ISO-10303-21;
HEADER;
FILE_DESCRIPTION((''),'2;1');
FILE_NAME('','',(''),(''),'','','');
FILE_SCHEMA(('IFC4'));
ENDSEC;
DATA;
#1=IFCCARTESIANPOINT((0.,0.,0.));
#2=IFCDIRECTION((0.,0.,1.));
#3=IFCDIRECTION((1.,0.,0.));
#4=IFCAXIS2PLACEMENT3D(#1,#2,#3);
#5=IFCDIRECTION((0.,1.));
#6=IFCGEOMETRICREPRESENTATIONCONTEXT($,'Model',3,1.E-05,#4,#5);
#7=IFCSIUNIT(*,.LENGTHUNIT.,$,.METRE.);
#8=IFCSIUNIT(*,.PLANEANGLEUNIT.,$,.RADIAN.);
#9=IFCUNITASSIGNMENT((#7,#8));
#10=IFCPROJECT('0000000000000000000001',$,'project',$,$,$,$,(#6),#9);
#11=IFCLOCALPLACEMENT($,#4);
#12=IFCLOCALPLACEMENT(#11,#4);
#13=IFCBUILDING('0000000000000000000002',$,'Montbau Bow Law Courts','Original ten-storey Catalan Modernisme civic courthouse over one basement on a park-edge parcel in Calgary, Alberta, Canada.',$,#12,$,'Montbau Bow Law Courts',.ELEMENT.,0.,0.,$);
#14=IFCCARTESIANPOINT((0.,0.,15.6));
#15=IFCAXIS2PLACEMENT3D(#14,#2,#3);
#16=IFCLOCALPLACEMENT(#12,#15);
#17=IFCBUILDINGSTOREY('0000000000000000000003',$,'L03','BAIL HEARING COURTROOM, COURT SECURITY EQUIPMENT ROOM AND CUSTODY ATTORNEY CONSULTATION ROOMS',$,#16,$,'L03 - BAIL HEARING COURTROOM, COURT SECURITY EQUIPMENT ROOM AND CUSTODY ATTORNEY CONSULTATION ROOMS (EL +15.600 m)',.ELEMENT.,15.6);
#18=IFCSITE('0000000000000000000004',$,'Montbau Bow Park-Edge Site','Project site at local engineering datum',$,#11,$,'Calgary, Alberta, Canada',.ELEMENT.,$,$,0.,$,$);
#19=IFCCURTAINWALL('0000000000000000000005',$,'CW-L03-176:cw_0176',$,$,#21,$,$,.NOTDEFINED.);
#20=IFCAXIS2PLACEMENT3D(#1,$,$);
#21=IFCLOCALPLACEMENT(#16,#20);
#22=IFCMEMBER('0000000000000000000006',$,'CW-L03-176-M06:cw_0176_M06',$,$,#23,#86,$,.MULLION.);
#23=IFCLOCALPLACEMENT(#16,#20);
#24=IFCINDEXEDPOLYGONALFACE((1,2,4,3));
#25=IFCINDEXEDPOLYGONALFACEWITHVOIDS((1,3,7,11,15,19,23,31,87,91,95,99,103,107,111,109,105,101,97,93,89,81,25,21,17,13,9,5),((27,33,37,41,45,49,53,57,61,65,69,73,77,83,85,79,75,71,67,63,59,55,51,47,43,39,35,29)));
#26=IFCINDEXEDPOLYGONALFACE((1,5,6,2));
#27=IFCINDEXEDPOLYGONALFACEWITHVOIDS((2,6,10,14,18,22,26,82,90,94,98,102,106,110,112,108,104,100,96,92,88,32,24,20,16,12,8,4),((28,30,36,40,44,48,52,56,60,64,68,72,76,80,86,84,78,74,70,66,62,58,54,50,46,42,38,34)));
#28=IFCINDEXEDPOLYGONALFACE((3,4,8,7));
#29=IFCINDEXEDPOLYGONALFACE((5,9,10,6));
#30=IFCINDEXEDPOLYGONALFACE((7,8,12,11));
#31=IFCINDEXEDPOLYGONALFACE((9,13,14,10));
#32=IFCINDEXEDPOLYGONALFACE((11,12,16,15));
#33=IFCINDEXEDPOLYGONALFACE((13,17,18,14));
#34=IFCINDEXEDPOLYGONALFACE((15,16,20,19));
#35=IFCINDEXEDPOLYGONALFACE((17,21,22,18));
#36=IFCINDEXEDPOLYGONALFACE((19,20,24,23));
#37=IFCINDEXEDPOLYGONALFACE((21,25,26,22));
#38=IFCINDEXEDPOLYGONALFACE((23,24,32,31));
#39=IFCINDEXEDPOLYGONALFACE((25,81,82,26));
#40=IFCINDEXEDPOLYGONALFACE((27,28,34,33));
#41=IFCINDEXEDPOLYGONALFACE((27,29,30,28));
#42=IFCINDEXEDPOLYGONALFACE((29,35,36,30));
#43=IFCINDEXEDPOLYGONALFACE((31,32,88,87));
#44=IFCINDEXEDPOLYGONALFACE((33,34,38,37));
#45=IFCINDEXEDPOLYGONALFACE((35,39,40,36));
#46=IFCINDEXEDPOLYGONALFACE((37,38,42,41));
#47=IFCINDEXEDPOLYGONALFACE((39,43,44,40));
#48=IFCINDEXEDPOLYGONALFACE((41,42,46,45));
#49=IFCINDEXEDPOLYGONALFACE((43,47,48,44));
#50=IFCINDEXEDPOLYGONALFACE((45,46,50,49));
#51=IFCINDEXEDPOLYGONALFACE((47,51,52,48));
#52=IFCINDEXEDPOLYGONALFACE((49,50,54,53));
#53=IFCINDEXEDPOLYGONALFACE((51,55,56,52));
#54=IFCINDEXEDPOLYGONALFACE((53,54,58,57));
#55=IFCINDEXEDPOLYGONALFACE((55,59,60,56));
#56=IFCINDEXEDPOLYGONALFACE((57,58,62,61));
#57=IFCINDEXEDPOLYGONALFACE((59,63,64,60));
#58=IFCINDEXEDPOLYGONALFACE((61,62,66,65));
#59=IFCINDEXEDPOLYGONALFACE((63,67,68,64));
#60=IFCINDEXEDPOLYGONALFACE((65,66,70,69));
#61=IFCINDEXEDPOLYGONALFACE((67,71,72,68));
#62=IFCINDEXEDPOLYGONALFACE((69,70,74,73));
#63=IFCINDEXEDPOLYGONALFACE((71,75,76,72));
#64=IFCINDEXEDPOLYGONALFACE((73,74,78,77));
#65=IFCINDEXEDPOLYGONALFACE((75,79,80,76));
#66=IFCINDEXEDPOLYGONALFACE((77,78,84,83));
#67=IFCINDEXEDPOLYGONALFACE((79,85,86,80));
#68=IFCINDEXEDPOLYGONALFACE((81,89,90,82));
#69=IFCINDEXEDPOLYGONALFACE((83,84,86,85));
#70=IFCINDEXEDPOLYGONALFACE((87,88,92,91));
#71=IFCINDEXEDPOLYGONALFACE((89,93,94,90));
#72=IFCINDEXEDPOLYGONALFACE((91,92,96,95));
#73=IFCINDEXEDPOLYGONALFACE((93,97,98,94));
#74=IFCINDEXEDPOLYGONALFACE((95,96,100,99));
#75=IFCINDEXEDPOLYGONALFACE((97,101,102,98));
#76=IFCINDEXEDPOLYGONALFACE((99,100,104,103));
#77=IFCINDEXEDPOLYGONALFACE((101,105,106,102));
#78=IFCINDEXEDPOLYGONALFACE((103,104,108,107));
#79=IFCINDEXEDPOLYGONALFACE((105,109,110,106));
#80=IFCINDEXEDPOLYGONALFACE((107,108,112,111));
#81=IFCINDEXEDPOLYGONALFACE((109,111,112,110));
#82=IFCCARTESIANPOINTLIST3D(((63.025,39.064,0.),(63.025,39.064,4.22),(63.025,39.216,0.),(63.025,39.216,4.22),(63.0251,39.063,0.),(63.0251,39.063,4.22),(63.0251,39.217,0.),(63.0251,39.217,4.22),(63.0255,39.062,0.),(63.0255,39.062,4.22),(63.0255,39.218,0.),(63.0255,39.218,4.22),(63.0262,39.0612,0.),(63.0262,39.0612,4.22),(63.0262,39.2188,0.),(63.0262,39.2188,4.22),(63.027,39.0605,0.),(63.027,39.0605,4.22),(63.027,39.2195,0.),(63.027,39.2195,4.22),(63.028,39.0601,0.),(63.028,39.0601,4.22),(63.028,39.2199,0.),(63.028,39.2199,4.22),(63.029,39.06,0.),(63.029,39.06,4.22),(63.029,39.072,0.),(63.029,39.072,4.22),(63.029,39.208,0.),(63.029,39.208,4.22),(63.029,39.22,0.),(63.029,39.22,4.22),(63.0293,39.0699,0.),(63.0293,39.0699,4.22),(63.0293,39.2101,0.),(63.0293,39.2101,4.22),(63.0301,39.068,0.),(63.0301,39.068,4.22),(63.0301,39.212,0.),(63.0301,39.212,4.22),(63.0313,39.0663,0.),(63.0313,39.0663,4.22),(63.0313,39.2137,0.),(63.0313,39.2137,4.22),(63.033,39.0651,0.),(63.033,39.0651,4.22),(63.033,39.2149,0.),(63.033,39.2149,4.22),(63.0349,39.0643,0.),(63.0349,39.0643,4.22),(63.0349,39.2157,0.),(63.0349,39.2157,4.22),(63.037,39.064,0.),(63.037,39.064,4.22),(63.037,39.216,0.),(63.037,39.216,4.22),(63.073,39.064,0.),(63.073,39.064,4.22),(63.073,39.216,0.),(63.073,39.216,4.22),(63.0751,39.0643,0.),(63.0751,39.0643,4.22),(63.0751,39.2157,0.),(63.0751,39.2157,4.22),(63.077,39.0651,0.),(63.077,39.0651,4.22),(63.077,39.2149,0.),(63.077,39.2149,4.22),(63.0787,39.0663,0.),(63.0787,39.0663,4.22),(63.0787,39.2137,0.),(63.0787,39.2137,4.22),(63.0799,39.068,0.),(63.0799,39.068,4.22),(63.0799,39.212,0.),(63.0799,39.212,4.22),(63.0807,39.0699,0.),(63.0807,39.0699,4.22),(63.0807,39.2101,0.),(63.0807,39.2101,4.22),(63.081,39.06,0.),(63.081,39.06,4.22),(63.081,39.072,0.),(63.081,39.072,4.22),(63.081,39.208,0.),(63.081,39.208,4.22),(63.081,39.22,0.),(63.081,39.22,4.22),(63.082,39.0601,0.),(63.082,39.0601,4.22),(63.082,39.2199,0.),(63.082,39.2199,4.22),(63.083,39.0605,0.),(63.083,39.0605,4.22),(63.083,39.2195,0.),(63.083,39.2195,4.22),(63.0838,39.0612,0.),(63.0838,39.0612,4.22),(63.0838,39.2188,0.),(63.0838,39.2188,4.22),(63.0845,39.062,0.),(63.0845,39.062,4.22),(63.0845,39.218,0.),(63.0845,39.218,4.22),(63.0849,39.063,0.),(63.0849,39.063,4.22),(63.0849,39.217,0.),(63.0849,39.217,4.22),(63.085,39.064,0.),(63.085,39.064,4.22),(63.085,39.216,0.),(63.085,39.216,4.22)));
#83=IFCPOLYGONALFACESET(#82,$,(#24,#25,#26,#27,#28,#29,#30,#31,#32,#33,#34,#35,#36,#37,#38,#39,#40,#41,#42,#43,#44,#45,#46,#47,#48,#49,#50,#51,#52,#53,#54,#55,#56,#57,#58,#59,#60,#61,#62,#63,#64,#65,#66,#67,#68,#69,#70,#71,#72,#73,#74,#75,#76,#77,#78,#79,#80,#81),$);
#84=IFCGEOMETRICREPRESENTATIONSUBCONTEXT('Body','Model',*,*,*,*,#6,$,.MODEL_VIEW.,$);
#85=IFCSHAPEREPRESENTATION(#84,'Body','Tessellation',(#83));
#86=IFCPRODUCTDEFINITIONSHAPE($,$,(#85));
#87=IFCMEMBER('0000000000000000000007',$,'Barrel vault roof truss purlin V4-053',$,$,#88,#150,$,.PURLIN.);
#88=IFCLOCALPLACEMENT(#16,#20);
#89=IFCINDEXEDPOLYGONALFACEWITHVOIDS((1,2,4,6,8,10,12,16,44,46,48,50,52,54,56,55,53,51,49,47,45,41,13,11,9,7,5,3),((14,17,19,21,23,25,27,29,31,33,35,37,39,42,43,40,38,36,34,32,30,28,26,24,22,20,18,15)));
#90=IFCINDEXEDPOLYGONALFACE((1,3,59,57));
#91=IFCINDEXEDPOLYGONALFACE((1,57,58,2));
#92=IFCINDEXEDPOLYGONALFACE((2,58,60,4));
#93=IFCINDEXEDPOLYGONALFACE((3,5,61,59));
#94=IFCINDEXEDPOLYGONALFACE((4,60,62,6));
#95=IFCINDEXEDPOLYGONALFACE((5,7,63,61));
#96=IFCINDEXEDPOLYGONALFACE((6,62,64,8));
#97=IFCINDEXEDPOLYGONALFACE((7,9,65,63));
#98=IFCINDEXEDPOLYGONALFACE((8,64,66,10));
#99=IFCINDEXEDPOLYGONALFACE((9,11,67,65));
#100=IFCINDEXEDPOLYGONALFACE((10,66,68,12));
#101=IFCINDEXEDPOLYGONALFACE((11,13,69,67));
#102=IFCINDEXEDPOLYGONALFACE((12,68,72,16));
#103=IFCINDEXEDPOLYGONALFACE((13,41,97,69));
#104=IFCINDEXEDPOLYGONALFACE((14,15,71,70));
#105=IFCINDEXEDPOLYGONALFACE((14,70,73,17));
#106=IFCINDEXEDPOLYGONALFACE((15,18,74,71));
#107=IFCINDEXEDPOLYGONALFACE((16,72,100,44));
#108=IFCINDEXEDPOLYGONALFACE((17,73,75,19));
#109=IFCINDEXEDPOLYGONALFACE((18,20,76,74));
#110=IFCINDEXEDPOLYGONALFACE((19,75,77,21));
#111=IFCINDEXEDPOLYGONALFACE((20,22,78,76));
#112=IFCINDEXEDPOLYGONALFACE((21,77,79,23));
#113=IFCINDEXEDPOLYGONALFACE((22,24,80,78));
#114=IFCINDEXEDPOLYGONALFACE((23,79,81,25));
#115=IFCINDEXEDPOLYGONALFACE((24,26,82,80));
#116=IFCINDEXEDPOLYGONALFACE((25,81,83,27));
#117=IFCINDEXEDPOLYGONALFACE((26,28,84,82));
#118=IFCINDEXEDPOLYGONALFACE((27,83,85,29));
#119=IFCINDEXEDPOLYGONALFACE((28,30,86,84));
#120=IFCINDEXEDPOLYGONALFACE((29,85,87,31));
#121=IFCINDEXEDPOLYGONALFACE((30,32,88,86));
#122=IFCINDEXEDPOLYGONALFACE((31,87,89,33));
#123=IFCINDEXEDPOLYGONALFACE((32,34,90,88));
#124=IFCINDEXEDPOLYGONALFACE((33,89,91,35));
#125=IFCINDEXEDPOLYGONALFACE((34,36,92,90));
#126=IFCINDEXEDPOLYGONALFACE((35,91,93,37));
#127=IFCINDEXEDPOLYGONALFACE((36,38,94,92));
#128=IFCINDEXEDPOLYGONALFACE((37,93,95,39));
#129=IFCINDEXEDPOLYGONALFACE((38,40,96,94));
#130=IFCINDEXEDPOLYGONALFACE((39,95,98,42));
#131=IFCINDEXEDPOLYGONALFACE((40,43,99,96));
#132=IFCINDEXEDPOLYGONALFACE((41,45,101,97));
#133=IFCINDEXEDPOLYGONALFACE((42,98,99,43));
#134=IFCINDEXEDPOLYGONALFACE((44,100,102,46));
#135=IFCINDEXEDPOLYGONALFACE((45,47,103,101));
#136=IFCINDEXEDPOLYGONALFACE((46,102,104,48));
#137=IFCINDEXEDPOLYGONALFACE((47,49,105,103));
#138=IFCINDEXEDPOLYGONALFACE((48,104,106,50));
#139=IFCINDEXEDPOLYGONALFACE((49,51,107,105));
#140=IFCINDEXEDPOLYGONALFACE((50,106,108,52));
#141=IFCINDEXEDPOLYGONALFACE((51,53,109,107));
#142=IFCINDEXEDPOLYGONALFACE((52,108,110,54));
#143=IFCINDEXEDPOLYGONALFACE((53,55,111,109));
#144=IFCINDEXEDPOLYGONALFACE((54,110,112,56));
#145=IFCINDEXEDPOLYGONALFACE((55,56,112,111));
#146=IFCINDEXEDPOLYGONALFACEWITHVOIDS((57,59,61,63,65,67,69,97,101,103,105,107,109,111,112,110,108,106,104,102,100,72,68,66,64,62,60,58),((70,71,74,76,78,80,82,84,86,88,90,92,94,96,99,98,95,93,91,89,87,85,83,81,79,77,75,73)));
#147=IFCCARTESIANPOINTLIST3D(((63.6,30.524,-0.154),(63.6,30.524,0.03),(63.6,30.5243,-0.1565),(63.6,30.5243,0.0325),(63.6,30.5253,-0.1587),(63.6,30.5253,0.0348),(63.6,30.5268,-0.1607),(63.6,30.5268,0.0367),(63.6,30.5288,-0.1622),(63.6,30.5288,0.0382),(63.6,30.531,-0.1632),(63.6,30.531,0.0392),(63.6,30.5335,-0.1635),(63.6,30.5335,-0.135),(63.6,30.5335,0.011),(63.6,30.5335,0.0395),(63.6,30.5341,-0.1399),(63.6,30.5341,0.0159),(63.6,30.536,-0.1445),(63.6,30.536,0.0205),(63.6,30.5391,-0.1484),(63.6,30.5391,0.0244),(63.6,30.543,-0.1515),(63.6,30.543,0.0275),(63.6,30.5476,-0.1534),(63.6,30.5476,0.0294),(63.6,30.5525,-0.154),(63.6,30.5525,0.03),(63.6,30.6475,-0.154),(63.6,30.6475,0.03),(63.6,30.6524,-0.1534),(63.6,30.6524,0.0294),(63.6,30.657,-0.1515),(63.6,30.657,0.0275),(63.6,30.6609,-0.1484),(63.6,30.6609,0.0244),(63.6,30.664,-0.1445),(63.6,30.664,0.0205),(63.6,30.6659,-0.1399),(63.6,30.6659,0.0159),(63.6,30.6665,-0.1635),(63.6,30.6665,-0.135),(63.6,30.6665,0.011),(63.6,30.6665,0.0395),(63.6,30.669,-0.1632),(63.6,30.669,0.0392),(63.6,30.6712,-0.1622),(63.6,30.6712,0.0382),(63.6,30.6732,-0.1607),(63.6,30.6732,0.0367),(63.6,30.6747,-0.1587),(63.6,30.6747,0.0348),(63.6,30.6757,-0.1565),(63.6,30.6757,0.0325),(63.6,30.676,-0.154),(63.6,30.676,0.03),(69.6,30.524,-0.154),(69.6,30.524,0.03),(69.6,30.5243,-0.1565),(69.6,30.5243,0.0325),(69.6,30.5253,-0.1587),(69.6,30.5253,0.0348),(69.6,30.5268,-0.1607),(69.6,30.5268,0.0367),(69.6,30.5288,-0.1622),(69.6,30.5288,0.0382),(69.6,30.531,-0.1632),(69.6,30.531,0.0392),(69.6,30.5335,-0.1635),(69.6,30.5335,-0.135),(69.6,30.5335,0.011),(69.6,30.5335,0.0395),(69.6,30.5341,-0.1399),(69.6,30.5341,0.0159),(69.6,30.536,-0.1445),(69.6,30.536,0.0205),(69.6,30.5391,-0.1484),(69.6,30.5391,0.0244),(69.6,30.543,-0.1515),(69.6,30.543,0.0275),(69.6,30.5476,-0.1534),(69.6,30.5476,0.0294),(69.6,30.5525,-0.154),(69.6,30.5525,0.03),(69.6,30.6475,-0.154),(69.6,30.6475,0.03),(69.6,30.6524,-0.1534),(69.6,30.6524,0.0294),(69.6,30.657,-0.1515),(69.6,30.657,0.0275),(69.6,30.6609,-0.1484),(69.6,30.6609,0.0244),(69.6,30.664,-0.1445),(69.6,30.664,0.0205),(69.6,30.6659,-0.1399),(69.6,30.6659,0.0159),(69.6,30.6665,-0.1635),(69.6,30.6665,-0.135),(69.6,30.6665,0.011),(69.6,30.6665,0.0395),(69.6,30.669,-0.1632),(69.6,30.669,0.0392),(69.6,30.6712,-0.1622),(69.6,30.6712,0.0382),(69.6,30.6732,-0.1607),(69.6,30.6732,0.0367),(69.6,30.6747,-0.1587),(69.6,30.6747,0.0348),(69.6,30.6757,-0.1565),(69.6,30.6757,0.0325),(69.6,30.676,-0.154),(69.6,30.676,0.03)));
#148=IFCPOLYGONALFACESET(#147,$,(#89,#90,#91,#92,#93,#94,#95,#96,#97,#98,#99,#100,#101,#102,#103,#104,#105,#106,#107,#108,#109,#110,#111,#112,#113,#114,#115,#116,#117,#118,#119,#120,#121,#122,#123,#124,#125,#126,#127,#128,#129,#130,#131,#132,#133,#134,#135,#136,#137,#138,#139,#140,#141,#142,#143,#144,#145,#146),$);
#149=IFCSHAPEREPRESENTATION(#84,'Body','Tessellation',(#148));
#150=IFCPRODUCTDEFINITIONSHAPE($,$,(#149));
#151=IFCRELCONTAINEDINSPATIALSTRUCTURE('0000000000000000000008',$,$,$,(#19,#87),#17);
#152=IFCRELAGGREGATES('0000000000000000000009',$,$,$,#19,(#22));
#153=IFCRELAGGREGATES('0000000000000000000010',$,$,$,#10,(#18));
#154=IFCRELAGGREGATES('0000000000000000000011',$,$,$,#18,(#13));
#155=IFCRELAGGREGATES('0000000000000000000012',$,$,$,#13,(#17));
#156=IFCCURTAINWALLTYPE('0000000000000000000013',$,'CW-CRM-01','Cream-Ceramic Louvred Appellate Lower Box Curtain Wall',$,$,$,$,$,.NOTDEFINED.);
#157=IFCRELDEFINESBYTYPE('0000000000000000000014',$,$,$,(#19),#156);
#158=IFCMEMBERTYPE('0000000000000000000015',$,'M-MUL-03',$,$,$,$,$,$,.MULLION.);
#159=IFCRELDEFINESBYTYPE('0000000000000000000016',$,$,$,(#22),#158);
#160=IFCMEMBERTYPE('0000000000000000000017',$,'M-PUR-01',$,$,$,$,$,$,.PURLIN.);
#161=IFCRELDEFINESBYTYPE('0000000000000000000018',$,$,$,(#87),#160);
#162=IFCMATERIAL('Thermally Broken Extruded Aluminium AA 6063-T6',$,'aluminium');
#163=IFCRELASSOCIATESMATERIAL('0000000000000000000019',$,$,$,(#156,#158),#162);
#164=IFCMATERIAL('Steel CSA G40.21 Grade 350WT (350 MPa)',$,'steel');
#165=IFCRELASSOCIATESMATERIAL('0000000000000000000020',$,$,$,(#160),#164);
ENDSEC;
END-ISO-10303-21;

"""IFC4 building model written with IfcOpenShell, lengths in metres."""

from ifc_helpers import new_model, si_unit, direction, frame, origin_with_axes, origin_2d_with_axis, place, context, subcontext, project, spatial, hollow_rectangle, extrude, material, material_profile, profile_set, type_object, element, aggregate, save


model = new_model("IFC4")

# Units and contexts
model_context = context("Model", 3, precision=1e-05, world=origin_with_axes(), true_north=direction((0.0, 1.0)))
body_context = subcontext(model_context, "Body", "Model", "MODEL_VIEW")
ifc_project = project(units=[si_unit("LENGTHUNIT", "METRE"), si_unit("PLANEANGLEUNIT", "RADIAN")], contexts=[model_context])

# Site, building, storey
site_placement = place(None, origin_with_axes())
site = spatial("IfcSite", under=ifc_project, at=site_placement, Name="Montbau Bow Park-Edge Site", Description="Project site at local engineering datum", LongName="Calgary, Alberta, Canada", CompositionType="ELEMENT", RefElevation=0.0)
building_placement = place(site_placement, origin_with_axes())
building = spatial("IfcBuilding", under=site, at=building_placement, Name="Montbau Bow Law Courts", Description="Original ten-storey Catalan Modernisme civic courthouse over one basement on a park-edge parcel in Calgary, Alberta, Canada.", LongName="Montbau Bow Law Courts", CompositionType="ELEMENT", ElevationOfRefHeight=0.0, ElevationOfTerrain=0.0)
storey_placement = place(building_placement, frame((0.0, 0.0, 15.6), z_axis=(0.0, 0.0, 1.0), x_axis=(1.0, 0.0, 0.0)))
storey = spatial("IfcBuildingStorey", under=building, at=storey_placement, Name="L03", Description="BAIL HEARING COURTROOM, COURT SECURITY EQUIPMENT ROOM AND CUSTODY ATTORNEY CONSULTATION ROOMS", LongName="L03 - BAIL HEARING COURTROOM, COURT SECURITY EQUIPMENT ROOM AND CUSTODY ATTORNEY CONSULTATION ROOMS (EL +15.600 m)", CompositionType="ELEMENT", Elevation=15.6)

# Shared definitions
ifc_material_1 = material(Name="Steel CSA G40.21 Grade 350WT (350 MPa)", Category="steel")

# Shared definitions
ifc_material_2 = material(Name="Thermally Broken Extruded Aluminium AA 6063-T6", Category="aluminium")
curtain_wall_type = type_object("IfcCurtainWallType", Name="CW-CRM-01", Description="Cream-Ceramic Louvred Appellate Lower Box Curtain Wall", PredefinedType="NOTDEFINED", material=ifc_material_2)

# Curtain wall, member
curtain_wall_1_placement = place(None, frame((55.715, 39.14, 15.6), z_axis=(0.0, 0.0, 1.0), x_axis=(1.0, 0.0, 0.0)))
curtain_wall_1 = element("IfcCurtainWall", 1, at=curtain_wall_1_placement, inside=storey, type_object=curtain_wall_type, Name="CW-L03-176:cw_0176", PredefinedType="NOTDEFINED")
ifc_material_profile_1 = material_profile(ifc_material_2, hollow_rectangle(XDim=0.06, YDim=0.16, WallThickness=0.004, InnerFilletRadius=0.008, OuterFilletRadius=0.004, at=origin_2d_with_axis()), Name="CWM-160X60", Category="Main", Priority=0)
ifc_profile_set_1 = profile_set([ifc_material_profile_1], Name="Thermally Broken Extruded Aluminium AA 6063-T6")
member_type_1 = type_object("IfcMemberType", Name="M-MUL-03", PredefinedType="MULLION", material=ifc_profile_set_1)
member_1_placement = place(None, frame((63.055, 39.14, 15.6), z_axis=(0.0, 0.0, 1.0), x_axis=(1.0, 0.0, 0.0)))
member_1 = element("IfcMember", 2, at=member_1_placement, type_object=member_type_1, Name="CW-L03-176-M06:cw_0176_M06", PredefinedType="MULLION", context=body_context, shape_type="SweptSolid", body=[
    extrude(hollow_rectangle(XDim=0.06, YDim=0.16, WallThickness=0.004, InnerFilletRadius=0.008, OuterFilletRadius=0.004, at=origin_2d_with_axis()), origin_with_axes(), (0.0, 0.0, 1.0), 4.22),
])
aggregate(curtain_wall_1, [member_1])

# Member
ifc_material_profile_2 = material_profile(ifc_material_1, hollow_rectangle(XDim=0.152, YDim=0.203, WallThickness=0.0095, InnerFilletRadius=0.019, OuterFilletRadius=0.0095, at=origin_2d_with_axis()), Name="HSS203X152X9.5", Category="Main", Priority=0)
ifc_profile_set_2 = profile_set([ifc_material_profile_2], Name="Steel CSA G40.21 Grade 350WT (350 MPa)")
member_type_2 = type_object("IfcMemberType", Name="M-PUR-01", PredefinedType="PURLIN", material=ifc_profile_set_2)
member_2_placement = place(None, frame((63.6, 30.6, 15.538), z_axis=(1.0, 0.0, 0.0), x_axis=(0.0, 1.0, 0.0)))
element("IfcMember", 3, at=member_2_placement, inside=storey, type_object=member_type_2, Name="Barrel vault roof truss purlin V4-053", PredefinedType="PURLIN", context=body_context, shape_type="SweptSolid", body=[
    extrude(hollow_rectangle(XDim=0.152, YDim=0.203, WallThickness=0.0095, InnerFilletRadius=0.019, OuterFilletRadius=0.0095, at=origin_2d_with_axis()), origin_with_axes(), (0.0, 0.0, 1.0), 6.0),
])

save(model, "model.ifc")
